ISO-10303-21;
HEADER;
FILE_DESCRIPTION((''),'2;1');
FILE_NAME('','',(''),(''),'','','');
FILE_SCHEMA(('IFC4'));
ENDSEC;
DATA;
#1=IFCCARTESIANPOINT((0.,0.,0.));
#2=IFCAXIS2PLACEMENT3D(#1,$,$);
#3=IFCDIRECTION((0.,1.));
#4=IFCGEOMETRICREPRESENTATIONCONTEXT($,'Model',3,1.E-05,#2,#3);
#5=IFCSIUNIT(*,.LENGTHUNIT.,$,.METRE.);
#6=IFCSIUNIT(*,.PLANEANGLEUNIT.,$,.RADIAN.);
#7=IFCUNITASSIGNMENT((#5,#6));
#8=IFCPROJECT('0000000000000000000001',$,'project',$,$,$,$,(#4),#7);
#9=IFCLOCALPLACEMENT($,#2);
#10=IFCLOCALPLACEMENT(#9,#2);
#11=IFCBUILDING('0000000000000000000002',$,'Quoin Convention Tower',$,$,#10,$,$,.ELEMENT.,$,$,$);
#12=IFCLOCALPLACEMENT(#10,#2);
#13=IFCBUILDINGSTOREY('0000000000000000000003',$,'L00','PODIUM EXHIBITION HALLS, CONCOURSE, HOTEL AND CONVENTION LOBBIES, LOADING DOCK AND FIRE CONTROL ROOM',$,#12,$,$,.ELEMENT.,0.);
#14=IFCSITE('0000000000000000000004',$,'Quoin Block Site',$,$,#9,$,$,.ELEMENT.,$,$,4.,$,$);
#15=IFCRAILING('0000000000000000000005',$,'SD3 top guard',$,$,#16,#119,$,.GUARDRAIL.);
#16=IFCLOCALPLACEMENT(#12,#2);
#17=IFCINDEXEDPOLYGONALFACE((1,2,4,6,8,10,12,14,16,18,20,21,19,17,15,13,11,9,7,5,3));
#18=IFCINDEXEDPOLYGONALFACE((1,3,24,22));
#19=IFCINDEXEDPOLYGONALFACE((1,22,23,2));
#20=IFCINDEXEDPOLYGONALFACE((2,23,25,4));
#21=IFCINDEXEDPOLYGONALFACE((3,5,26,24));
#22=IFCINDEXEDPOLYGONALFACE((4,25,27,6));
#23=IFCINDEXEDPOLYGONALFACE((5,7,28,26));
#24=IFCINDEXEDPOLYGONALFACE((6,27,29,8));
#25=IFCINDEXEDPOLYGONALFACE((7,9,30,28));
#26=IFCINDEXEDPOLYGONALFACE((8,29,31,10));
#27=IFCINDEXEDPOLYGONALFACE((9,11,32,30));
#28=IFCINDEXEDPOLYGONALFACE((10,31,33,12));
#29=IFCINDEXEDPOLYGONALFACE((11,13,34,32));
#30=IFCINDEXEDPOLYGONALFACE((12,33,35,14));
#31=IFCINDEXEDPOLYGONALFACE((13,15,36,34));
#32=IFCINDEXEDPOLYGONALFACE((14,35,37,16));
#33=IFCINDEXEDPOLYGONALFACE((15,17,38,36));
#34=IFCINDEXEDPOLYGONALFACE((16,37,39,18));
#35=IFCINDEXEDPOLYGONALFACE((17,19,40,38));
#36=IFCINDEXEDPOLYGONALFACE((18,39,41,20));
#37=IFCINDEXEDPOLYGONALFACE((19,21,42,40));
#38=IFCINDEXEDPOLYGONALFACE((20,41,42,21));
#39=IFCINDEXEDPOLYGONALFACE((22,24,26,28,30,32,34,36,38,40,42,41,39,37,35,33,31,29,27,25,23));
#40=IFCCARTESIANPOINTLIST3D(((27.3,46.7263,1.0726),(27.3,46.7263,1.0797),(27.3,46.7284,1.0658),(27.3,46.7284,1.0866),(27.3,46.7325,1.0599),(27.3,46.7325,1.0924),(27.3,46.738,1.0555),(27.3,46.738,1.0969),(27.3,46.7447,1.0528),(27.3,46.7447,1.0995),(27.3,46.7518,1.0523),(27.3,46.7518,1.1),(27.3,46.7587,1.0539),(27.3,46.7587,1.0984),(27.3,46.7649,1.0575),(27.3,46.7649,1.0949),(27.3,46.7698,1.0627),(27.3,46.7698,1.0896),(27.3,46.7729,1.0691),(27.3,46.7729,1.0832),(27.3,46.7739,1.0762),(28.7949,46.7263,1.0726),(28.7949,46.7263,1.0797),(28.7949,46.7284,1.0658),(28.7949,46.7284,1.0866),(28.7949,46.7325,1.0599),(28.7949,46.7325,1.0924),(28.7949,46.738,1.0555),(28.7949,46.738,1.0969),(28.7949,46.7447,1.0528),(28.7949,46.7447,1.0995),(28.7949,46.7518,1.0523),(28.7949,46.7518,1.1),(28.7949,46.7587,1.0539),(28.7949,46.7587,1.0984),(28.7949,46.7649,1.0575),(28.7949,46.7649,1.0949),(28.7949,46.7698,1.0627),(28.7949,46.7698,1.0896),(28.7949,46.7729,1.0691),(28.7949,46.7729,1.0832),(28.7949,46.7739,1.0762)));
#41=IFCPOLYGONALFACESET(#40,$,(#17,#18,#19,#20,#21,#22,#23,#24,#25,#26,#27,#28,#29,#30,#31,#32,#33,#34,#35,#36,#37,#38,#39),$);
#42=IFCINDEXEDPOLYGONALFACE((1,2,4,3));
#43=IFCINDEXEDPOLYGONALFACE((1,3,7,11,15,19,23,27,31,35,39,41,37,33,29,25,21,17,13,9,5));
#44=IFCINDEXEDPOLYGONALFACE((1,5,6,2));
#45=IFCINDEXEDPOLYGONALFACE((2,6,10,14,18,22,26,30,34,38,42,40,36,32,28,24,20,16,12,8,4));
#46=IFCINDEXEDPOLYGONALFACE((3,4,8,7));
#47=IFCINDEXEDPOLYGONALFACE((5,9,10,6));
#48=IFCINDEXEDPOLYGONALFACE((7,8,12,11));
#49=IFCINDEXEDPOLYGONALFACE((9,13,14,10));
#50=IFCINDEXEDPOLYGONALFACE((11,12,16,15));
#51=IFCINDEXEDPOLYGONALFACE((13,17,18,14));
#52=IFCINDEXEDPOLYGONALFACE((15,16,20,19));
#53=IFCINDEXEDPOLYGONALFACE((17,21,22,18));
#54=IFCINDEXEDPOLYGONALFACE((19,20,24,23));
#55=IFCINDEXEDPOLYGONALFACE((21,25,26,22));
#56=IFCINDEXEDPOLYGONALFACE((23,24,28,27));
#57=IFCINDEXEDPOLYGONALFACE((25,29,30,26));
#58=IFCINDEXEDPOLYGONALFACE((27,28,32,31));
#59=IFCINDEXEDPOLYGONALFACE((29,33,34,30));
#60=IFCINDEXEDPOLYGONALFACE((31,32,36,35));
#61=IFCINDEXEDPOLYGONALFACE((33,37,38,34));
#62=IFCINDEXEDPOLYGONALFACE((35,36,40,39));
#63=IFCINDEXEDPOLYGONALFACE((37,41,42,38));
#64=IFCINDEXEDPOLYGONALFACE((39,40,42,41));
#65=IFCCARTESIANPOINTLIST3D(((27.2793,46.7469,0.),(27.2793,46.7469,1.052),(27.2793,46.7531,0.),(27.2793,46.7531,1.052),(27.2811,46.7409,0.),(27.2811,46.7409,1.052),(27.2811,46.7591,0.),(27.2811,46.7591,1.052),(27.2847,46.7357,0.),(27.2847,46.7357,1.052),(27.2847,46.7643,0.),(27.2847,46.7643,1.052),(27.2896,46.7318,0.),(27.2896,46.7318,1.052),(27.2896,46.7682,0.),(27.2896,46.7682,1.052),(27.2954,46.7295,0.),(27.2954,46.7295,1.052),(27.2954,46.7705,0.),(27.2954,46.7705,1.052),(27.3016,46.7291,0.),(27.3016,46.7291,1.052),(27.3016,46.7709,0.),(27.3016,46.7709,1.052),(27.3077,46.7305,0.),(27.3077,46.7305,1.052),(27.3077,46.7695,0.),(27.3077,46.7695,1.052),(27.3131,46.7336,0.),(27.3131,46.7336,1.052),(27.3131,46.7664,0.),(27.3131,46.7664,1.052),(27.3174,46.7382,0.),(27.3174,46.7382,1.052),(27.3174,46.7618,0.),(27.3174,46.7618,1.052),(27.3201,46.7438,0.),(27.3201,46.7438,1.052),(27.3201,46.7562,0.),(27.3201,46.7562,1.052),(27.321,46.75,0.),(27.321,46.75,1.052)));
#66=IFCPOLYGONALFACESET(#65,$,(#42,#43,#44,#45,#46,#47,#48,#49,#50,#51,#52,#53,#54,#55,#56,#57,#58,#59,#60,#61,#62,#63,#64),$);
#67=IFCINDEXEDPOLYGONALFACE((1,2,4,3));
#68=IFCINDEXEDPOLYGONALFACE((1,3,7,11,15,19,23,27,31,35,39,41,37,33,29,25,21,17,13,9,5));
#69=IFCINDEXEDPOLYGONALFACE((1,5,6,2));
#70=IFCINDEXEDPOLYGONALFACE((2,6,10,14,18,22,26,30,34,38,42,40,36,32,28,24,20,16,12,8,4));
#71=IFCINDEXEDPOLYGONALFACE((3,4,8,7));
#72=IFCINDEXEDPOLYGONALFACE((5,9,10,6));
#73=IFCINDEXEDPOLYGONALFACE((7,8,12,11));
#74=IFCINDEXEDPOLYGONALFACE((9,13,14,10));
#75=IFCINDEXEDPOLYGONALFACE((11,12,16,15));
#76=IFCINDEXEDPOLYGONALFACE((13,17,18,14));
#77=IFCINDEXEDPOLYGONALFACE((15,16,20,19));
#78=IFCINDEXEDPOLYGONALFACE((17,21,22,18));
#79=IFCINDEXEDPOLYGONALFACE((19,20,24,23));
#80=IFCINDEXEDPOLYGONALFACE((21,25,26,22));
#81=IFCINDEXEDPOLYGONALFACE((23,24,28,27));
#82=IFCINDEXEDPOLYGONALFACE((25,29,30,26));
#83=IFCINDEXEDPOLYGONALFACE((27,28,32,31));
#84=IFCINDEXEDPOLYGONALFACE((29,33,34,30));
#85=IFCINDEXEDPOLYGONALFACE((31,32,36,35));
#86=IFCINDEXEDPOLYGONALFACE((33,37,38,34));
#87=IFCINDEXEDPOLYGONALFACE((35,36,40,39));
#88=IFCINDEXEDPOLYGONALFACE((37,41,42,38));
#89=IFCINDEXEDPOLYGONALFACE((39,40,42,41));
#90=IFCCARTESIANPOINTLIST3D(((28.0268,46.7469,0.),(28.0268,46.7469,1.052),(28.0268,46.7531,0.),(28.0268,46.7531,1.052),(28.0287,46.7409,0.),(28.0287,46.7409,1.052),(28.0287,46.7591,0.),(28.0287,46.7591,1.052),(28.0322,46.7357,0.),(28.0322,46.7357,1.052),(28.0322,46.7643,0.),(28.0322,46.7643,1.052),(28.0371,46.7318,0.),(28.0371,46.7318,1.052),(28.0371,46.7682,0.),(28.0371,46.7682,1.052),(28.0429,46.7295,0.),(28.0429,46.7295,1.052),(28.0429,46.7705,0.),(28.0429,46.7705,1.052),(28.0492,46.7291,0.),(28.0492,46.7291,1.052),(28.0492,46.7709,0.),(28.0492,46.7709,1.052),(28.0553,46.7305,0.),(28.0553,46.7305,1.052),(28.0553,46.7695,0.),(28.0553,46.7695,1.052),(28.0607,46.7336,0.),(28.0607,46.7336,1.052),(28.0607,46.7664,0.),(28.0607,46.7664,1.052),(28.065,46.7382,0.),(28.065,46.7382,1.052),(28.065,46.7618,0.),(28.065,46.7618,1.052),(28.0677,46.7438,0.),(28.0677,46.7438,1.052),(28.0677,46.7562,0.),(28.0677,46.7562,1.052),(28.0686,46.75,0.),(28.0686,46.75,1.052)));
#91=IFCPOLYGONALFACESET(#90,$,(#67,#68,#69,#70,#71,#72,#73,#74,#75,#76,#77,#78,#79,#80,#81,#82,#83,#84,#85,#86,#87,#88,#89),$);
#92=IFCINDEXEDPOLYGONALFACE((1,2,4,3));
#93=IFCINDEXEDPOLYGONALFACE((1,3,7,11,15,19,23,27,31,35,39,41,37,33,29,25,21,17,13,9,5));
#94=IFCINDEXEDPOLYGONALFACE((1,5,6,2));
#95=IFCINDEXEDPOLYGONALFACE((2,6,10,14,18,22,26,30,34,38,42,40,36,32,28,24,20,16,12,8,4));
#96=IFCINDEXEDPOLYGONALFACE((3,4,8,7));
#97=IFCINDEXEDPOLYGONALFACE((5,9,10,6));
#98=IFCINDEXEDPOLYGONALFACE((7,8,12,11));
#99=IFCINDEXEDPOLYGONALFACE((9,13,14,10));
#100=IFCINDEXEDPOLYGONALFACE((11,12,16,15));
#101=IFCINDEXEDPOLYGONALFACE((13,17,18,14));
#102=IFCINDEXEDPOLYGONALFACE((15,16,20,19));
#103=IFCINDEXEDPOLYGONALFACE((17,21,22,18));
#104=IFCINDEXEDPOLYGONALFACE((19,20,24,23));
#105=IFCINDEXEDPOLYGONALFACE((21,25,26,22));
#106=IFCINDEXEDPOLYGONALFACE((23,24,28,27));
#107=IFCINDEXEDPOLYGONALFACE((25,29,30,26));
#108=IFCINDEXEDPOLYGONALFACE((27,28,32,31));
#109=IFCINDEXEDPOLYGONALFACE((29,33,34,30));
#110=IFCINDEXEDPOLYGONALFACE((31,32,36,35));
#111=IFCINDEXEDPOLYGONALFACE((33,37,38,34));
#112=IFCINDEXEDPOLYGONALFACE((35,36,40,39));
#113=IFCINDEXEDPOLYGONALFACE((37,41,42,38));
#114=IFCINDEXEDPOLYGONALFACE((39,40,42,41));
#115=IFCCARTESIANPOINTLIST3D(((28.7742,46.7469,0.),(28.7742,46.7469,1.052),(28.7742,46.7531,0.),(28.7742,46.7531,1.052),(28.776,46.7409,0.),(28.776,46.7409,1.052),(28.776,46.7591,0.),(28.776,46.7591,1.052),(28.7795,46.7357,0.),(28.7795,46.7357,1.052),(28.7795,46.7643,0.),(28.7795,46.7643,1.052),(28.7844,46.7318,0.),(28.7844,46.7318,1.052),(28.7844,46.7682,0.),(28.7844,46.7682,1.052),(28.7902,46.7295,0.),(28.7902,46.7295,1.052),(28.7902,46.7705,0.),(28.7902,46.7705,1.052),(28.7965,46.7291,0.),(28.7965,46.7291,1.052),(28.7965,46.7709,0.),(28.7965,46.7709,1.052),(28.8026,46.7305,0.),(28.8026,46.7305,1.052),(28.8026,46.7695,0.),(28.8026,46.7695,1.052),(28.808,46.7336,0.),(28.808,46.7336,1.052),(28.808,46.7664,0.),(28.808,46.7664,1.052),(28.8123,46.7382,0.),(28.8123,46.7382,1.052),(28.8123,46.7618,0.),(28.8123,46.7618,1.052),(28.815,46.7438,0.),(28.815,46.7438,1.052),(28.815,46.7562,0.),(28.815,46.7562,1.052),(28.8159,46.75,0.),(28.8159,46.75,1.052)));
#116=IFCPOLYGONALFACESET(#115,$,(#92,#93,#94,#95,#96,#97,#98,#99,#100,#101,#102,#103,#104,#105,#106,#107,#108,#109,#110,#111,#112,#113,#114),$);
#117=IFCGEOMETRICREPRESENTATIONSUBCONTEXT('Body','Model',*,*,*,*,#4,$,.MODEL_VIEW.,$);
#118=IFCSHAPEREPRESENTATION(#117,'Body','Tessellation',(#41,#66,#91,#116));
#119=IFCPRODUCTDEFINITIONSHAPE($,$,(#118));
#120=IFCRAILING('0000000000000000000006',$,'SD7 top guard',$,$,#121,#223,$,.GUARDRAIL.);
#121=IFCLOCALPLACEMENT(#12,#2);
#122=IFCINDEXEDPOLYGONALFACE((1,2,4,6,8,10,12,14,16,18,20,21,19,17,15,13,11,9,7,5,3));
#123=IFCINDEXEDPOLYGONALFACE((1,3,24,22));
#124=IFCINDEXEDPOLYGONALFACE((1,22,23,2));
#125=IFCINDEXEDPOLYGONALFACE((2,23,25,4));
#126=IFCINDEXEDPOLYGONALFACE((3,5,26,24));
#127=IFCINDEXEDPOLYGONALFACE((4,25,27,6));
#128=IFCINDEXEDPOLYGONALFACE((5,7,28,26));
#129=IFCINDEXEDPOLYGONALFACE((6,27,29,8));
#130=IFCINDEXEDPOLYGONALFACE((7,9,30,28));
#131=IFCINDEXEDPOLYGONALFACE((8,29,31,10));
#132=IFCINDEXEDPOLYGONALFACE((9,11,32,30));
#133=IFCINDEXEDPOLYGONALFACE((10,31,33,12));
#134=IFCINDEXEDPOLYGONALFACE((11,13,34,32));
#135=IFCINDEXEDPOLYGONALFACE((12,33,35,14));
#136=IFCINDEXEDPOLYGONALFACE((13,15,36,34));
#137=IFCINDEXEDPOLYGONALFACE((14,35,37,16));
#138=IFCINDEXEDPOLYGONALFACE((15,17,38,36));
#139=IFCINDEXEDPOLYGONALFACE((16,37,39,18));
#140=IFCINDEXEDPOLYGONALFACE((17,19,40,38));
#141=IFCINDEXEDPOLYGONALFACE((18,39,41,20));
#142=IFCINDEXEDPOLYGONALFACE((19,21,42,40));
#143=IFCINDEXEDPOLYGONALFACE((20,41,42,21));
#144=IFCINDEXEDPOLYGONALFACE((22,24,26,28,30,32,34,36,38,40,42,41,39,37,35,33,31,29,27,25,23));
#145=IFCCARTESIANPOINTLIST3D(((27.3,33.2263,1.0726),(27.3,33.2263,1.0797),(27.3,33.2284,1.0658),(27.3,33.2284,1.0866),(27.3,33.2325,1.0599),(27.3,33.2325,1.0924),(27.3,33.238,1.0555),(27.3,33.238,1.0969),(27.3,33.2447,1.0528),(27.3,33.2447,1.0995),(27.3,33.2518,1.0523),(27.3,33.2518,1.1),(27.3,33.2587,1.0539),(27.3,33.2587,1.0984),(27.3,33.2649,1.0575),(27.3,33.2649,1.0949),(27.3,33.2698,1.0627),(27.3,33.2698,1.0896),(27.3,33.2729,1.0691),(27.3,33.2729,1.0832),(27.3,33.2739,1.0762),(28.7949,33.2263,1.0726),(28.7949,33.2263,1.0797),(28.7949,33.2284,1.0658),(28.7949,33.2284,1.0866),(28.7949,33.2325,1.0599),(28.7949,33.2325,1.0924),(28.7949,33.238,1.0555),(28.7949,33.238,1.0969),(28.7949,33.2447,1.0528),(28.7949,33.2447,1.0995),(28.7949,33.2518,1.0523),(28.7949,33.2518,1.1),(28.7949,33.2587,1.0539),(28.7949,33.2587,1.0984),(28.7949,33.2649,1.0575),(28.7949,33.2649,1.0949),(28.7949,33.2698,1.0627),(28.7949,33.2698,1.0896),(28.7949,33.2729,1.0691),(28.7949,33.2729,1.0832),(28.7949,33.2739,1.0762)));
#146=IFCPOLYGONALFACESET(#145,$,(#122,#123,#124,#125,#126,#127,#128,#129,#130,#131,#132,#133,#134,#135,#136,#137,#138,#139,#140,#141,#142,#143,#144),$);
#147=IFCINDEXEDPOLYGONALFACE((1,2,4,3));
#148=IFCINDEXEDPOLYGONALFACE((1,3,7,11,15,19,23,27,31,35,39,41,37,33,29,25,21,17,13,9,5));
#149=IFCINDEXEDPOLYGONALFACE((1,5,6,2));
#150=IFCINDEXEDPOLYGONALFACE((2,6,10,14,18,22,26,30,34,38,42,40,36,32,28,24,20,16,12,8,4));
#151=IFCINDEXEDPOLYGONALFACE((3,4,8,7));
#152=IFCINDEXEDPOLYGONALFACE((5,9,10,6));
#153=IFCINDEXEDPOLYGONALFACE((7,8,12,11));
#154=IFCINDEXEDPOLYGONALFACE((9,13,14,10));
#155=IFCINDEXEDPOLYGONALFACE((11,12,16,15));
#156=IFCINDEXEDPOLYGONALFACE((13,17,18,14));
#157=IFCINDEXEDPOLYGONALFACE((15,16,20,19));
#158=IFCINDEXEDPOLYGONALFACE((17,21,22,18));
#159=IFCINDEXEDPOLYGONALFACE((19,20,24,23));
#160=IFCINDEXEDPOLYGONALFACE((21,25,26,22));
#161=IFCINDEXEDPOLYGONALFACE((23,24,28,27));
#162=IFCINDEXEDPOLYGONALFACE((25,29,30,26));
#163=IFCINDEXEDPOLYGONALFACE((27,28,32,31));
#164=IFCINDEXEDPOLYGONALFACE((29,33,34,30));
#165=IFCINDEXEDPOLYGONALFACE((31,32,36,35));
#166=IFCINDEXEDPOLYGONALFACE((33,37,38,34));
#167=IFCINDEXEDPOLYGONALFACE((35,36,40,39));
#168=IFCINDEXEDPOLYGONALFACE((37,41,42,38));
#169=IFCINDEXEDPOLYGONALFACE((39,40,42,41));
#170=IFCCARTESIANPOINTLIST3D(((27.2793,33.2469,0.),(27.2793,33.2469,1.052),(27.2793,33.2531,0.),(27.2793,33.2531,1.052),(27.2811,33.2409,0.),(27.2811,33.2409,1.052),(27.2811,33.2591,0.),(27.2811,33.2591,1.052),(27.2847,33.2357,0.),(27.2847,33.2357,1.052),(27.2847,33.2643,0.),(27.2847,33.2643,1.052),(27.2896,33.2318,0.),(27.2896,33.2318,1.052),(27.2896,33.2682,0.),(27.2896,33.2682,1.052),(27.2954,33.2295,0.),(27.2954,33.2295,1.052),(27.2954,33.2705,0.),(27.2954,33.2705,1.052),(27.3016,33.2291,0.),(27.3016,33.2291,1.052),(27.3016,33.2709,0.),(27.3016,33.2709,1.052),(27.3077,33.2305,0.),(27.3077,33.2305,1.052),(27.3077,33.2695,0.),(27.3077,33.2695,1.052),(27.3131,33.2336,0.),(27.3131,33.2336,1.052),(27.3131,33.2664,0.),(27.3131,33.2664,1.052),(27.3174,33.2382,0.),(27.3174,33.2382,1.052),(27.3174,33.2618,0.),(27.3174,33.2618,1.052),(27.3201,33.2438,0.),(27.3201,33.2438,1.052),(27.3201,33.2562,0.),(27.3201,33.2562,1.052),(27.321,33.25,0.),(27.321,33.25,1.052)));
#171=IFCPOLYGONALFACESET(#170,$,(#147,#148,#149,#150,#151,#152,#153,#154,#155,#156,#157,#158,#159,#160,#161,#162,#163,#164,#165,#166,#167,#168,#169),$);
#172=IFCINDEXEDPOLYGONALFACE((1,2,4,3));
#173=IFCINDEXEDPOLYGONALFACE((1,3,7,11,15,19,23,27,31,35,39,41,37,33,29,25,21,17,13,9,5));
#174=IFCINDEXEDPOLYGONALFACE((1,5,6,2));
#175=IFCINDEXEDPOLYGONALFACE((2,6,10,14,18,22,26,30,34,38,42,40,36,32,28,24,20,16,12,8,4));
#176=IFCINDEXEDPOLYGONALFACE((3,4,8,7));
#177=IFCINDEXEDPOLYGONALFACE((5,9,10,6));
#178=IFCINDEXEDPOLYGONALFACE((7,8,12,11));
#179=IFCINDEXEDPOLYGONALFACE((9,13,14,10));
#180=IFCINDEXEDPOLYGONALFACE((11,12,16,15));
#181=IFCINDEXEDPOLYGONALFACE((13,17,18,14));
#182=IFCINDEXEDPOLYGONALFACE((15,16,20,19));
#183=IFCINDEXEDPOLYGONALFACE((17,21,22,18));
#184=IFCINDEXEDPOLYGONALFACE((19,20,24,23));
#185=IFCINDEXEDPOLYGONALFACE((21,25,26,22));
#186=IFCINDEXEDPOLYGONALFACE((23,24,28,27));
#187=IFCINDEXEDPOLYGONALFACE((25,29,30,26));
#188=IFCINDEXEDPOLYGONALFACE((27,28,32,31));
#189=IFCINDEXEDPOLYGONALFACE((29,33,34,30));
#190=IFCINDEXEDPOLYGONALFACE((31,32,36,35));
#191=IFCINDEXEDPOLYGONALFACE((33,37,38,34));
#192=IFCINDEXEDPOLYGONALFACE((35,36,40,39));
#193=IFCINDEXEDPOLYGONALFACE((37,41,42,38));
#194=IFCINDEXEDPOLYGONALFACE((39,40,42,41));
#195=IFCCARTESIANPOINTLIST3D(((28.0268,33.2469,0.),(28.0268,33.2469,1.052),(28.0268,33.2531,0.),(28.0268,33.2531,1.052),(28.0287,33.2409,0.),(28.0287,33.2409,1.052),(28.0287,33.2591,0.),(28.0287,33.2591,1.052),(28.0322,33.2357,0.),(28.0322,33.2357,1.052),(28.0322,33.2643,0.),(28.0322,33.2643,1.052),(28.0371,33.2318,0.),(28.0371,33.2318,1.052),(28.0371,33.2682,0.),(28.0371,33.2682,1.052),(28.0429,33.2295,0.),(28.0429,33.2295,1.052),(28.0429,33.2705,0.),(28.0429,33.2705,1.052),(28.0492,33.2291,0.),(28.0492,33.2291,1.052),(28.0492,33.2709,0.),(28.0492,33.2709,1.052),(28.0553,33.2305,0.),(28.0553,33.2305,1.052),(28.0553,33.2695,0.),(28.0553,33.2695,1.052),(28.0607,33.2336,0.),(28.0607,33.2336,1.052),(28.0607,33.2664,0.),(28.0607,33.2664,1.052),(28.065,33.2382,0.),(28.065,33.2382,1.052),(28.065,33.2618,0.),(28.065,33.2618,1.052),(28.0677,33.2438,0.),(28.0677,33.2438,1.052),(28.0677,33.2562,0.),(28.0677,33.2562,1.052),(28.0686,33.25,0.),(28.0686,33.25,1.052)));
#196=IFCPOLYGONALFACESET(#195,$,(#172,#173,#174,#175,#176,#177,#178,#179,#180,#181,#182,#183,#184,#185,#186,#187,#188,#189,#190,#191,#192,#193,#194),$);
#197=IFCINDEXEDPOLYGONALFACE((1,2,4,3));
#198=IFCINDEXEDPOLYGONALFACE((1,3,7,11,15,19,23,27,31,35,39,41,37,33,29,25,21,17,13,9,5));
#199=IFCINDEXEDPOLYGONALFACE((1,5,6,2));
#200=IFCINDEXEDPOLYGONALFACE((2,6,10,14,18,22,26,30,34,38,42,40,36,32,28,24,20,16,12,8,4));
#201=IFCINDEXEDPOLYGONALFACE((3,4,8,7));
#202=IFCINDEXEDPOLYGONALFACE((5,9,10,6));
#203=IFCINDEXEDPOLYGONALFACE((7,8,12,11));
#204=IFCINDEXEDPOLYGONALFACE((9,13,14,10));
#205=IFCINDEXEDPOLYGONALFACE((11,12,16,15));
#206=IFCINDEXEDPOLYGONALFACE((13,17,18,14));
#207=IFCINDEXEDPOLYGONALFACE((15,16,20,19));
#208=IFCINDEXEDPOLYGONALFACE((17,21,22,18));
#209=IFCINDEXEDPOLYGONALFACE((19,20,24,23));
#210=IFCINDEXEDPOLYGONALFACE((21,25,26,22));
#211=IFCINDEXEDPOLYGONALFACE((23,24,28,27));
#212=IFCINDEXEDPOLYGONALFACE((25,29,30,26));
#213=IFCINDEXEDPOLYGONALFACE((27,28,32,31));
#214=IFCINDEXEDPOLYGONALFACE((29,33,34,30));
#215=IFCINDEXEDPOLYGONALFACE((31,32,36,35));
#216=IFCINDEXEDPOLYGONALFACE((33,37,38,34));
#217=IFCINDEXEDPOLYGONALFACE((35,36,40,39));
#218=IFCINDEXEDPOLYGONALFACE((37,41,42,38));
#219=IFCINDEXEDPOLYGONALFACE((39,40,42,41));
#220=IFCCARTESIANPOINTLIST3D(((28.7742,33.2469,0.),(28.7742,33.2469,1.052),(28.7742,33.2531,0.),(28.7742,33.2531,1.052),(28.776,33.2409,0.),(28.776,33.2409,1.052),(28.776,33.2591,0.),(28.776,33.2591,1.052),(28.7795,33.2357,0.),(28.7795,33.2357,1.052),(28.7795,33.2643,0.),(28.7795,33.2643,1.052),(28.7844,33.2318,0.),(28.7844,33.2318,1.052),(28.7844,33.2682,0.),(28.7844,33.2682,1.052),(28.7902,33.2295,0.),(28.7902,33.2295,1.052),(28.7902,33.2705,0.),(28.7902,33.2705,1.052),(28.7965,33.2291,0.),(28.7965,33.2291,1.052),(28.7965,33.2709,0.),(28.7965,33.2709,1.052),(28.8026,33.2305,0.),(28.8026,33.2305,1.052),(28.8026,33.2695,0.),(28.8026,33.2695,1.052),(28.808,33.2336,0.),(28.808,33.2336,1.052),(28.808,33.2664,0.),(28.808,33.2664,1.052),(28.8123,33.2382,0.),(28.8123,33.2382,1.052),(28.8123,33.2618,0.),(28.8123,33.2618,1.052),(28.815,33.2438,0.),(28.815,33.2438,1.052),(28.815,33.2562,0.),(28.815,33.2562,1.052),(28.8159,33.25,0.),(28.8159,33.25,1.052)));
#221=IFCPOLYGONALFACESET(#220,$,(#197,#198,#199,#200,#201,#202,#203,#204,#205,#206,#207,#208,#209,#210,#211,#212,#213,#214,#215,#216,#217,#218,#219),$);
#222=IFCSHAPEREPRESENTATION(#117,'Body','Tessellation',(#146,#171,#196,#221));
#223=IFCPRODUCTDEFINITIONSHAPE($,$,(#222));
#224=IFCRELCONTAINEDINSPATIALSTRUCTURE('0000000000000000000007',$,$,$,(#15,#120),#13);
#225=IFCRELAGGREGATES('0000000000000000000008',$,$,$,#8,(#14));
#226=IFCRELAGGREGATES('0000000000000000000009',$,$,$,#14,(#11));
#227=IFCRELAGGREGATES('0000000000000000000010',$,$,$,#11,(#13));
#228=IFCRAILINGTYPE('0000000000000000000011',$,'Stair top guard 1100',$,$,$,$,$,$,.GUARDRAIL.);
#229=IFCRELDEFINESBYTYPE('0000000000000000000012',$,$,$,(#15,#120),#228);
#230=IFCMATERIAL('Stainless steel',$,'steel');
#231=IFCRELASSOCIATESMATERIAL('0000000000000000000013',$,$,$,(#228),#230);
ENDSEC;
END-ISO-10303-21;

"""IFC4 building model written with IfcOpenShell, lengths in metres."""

from ifc_helpers import new_model, si_unit, direction, frame, origin, origin_2d, place, context, subcontext, project, spatial, circle, extrude, material, type_object, element, save


model = new_model("IFC4")

# Units and contexts
model_context = context("Model", 3, precision=1e-05, world=origin(), true_north=direction((0.0, 1.0)))
body_context = subcontext(model_context, "Body", "Model", "MODEL_VIEW")
ifc_project = project(units=[si_unit("LENGTHUNIT", "METRE"), si_unit("PLANEANGLEUNIT", "RADIAN")], contexts=[model_context])

# Site, building, storey
site_placement = place(None, origin())
site = spatial("IfcSite", under=ifc_project, at=site_placement, Name="Quoin Block Site", CompositionType="ELEMENT", RefElevation=4.0)
building_placement = place(site_placement, origin())
building = spatial("IfcBuilding", under=site, at=building_placement, Name="Quoin Convention Tower", CompositionType="ELEMENT")
storey_placement = place(building_placement, origin())
storey = spatial("IfcBuildingStorey", under=building, at=storey_placement, Name="L00", Description="PODIUM EXHIBITION HALLS, CONCOURSE, HOTEL AND CONVENTION LOBBIES, LOADING DOCK AND FIRE CONTROL ROOM", CompositionType="ELEMENT", Elevation=0.0)

# Railings
ifc_material_1 = material(Name="Stainless steel", Category="steel")
railing_type_1 = type_object("IfcRailingType", Name="Stair top guard 1100", PredefinedType="GUARDRAIL", material=ifc_material_1)
for number, where, name in (
    (1, (27.3, 46.75, 0.0), "SD3 top guard"),
    (2, (27.3, 33.25, 0.0), "SD7 top guard"),
):
    element("IfcRailing", number, at=place(storey_placement, frame(where)), inside=storey, type_object=railing_type_1, Name=name, PredefinedType="GUARDRAIL", context=body_context, shape_type="SweptSolid", body=[
        extrude(circle(Radius=0.0239, at=origin_2d()), frame((0.0, 0.0, 1.0762), z_axis=(1.0, 0.0, 0.0), x_axis=(0.0, 1.0, 0.0)), (0.0, 0.0, 1.0), 1.4949),
        extrude(circle(Radius=0.021, at=origin_2d()), origin(), (0.0, 0.0, 1.0), 1.052),
        extrude(circle(Radius=0.021, at=origin_2d()), frame((0.7476, 0.0, 0.0)), (0.0, 0.0, 1.0), 1.052),
        extrude(circle(Radius=0.021, at=origin_2d()), frame((1.4949, 0.0, 0.0)), (0.0, 0.0, 1.0), 1.052),
    ])

save(model, "model.ifc")
